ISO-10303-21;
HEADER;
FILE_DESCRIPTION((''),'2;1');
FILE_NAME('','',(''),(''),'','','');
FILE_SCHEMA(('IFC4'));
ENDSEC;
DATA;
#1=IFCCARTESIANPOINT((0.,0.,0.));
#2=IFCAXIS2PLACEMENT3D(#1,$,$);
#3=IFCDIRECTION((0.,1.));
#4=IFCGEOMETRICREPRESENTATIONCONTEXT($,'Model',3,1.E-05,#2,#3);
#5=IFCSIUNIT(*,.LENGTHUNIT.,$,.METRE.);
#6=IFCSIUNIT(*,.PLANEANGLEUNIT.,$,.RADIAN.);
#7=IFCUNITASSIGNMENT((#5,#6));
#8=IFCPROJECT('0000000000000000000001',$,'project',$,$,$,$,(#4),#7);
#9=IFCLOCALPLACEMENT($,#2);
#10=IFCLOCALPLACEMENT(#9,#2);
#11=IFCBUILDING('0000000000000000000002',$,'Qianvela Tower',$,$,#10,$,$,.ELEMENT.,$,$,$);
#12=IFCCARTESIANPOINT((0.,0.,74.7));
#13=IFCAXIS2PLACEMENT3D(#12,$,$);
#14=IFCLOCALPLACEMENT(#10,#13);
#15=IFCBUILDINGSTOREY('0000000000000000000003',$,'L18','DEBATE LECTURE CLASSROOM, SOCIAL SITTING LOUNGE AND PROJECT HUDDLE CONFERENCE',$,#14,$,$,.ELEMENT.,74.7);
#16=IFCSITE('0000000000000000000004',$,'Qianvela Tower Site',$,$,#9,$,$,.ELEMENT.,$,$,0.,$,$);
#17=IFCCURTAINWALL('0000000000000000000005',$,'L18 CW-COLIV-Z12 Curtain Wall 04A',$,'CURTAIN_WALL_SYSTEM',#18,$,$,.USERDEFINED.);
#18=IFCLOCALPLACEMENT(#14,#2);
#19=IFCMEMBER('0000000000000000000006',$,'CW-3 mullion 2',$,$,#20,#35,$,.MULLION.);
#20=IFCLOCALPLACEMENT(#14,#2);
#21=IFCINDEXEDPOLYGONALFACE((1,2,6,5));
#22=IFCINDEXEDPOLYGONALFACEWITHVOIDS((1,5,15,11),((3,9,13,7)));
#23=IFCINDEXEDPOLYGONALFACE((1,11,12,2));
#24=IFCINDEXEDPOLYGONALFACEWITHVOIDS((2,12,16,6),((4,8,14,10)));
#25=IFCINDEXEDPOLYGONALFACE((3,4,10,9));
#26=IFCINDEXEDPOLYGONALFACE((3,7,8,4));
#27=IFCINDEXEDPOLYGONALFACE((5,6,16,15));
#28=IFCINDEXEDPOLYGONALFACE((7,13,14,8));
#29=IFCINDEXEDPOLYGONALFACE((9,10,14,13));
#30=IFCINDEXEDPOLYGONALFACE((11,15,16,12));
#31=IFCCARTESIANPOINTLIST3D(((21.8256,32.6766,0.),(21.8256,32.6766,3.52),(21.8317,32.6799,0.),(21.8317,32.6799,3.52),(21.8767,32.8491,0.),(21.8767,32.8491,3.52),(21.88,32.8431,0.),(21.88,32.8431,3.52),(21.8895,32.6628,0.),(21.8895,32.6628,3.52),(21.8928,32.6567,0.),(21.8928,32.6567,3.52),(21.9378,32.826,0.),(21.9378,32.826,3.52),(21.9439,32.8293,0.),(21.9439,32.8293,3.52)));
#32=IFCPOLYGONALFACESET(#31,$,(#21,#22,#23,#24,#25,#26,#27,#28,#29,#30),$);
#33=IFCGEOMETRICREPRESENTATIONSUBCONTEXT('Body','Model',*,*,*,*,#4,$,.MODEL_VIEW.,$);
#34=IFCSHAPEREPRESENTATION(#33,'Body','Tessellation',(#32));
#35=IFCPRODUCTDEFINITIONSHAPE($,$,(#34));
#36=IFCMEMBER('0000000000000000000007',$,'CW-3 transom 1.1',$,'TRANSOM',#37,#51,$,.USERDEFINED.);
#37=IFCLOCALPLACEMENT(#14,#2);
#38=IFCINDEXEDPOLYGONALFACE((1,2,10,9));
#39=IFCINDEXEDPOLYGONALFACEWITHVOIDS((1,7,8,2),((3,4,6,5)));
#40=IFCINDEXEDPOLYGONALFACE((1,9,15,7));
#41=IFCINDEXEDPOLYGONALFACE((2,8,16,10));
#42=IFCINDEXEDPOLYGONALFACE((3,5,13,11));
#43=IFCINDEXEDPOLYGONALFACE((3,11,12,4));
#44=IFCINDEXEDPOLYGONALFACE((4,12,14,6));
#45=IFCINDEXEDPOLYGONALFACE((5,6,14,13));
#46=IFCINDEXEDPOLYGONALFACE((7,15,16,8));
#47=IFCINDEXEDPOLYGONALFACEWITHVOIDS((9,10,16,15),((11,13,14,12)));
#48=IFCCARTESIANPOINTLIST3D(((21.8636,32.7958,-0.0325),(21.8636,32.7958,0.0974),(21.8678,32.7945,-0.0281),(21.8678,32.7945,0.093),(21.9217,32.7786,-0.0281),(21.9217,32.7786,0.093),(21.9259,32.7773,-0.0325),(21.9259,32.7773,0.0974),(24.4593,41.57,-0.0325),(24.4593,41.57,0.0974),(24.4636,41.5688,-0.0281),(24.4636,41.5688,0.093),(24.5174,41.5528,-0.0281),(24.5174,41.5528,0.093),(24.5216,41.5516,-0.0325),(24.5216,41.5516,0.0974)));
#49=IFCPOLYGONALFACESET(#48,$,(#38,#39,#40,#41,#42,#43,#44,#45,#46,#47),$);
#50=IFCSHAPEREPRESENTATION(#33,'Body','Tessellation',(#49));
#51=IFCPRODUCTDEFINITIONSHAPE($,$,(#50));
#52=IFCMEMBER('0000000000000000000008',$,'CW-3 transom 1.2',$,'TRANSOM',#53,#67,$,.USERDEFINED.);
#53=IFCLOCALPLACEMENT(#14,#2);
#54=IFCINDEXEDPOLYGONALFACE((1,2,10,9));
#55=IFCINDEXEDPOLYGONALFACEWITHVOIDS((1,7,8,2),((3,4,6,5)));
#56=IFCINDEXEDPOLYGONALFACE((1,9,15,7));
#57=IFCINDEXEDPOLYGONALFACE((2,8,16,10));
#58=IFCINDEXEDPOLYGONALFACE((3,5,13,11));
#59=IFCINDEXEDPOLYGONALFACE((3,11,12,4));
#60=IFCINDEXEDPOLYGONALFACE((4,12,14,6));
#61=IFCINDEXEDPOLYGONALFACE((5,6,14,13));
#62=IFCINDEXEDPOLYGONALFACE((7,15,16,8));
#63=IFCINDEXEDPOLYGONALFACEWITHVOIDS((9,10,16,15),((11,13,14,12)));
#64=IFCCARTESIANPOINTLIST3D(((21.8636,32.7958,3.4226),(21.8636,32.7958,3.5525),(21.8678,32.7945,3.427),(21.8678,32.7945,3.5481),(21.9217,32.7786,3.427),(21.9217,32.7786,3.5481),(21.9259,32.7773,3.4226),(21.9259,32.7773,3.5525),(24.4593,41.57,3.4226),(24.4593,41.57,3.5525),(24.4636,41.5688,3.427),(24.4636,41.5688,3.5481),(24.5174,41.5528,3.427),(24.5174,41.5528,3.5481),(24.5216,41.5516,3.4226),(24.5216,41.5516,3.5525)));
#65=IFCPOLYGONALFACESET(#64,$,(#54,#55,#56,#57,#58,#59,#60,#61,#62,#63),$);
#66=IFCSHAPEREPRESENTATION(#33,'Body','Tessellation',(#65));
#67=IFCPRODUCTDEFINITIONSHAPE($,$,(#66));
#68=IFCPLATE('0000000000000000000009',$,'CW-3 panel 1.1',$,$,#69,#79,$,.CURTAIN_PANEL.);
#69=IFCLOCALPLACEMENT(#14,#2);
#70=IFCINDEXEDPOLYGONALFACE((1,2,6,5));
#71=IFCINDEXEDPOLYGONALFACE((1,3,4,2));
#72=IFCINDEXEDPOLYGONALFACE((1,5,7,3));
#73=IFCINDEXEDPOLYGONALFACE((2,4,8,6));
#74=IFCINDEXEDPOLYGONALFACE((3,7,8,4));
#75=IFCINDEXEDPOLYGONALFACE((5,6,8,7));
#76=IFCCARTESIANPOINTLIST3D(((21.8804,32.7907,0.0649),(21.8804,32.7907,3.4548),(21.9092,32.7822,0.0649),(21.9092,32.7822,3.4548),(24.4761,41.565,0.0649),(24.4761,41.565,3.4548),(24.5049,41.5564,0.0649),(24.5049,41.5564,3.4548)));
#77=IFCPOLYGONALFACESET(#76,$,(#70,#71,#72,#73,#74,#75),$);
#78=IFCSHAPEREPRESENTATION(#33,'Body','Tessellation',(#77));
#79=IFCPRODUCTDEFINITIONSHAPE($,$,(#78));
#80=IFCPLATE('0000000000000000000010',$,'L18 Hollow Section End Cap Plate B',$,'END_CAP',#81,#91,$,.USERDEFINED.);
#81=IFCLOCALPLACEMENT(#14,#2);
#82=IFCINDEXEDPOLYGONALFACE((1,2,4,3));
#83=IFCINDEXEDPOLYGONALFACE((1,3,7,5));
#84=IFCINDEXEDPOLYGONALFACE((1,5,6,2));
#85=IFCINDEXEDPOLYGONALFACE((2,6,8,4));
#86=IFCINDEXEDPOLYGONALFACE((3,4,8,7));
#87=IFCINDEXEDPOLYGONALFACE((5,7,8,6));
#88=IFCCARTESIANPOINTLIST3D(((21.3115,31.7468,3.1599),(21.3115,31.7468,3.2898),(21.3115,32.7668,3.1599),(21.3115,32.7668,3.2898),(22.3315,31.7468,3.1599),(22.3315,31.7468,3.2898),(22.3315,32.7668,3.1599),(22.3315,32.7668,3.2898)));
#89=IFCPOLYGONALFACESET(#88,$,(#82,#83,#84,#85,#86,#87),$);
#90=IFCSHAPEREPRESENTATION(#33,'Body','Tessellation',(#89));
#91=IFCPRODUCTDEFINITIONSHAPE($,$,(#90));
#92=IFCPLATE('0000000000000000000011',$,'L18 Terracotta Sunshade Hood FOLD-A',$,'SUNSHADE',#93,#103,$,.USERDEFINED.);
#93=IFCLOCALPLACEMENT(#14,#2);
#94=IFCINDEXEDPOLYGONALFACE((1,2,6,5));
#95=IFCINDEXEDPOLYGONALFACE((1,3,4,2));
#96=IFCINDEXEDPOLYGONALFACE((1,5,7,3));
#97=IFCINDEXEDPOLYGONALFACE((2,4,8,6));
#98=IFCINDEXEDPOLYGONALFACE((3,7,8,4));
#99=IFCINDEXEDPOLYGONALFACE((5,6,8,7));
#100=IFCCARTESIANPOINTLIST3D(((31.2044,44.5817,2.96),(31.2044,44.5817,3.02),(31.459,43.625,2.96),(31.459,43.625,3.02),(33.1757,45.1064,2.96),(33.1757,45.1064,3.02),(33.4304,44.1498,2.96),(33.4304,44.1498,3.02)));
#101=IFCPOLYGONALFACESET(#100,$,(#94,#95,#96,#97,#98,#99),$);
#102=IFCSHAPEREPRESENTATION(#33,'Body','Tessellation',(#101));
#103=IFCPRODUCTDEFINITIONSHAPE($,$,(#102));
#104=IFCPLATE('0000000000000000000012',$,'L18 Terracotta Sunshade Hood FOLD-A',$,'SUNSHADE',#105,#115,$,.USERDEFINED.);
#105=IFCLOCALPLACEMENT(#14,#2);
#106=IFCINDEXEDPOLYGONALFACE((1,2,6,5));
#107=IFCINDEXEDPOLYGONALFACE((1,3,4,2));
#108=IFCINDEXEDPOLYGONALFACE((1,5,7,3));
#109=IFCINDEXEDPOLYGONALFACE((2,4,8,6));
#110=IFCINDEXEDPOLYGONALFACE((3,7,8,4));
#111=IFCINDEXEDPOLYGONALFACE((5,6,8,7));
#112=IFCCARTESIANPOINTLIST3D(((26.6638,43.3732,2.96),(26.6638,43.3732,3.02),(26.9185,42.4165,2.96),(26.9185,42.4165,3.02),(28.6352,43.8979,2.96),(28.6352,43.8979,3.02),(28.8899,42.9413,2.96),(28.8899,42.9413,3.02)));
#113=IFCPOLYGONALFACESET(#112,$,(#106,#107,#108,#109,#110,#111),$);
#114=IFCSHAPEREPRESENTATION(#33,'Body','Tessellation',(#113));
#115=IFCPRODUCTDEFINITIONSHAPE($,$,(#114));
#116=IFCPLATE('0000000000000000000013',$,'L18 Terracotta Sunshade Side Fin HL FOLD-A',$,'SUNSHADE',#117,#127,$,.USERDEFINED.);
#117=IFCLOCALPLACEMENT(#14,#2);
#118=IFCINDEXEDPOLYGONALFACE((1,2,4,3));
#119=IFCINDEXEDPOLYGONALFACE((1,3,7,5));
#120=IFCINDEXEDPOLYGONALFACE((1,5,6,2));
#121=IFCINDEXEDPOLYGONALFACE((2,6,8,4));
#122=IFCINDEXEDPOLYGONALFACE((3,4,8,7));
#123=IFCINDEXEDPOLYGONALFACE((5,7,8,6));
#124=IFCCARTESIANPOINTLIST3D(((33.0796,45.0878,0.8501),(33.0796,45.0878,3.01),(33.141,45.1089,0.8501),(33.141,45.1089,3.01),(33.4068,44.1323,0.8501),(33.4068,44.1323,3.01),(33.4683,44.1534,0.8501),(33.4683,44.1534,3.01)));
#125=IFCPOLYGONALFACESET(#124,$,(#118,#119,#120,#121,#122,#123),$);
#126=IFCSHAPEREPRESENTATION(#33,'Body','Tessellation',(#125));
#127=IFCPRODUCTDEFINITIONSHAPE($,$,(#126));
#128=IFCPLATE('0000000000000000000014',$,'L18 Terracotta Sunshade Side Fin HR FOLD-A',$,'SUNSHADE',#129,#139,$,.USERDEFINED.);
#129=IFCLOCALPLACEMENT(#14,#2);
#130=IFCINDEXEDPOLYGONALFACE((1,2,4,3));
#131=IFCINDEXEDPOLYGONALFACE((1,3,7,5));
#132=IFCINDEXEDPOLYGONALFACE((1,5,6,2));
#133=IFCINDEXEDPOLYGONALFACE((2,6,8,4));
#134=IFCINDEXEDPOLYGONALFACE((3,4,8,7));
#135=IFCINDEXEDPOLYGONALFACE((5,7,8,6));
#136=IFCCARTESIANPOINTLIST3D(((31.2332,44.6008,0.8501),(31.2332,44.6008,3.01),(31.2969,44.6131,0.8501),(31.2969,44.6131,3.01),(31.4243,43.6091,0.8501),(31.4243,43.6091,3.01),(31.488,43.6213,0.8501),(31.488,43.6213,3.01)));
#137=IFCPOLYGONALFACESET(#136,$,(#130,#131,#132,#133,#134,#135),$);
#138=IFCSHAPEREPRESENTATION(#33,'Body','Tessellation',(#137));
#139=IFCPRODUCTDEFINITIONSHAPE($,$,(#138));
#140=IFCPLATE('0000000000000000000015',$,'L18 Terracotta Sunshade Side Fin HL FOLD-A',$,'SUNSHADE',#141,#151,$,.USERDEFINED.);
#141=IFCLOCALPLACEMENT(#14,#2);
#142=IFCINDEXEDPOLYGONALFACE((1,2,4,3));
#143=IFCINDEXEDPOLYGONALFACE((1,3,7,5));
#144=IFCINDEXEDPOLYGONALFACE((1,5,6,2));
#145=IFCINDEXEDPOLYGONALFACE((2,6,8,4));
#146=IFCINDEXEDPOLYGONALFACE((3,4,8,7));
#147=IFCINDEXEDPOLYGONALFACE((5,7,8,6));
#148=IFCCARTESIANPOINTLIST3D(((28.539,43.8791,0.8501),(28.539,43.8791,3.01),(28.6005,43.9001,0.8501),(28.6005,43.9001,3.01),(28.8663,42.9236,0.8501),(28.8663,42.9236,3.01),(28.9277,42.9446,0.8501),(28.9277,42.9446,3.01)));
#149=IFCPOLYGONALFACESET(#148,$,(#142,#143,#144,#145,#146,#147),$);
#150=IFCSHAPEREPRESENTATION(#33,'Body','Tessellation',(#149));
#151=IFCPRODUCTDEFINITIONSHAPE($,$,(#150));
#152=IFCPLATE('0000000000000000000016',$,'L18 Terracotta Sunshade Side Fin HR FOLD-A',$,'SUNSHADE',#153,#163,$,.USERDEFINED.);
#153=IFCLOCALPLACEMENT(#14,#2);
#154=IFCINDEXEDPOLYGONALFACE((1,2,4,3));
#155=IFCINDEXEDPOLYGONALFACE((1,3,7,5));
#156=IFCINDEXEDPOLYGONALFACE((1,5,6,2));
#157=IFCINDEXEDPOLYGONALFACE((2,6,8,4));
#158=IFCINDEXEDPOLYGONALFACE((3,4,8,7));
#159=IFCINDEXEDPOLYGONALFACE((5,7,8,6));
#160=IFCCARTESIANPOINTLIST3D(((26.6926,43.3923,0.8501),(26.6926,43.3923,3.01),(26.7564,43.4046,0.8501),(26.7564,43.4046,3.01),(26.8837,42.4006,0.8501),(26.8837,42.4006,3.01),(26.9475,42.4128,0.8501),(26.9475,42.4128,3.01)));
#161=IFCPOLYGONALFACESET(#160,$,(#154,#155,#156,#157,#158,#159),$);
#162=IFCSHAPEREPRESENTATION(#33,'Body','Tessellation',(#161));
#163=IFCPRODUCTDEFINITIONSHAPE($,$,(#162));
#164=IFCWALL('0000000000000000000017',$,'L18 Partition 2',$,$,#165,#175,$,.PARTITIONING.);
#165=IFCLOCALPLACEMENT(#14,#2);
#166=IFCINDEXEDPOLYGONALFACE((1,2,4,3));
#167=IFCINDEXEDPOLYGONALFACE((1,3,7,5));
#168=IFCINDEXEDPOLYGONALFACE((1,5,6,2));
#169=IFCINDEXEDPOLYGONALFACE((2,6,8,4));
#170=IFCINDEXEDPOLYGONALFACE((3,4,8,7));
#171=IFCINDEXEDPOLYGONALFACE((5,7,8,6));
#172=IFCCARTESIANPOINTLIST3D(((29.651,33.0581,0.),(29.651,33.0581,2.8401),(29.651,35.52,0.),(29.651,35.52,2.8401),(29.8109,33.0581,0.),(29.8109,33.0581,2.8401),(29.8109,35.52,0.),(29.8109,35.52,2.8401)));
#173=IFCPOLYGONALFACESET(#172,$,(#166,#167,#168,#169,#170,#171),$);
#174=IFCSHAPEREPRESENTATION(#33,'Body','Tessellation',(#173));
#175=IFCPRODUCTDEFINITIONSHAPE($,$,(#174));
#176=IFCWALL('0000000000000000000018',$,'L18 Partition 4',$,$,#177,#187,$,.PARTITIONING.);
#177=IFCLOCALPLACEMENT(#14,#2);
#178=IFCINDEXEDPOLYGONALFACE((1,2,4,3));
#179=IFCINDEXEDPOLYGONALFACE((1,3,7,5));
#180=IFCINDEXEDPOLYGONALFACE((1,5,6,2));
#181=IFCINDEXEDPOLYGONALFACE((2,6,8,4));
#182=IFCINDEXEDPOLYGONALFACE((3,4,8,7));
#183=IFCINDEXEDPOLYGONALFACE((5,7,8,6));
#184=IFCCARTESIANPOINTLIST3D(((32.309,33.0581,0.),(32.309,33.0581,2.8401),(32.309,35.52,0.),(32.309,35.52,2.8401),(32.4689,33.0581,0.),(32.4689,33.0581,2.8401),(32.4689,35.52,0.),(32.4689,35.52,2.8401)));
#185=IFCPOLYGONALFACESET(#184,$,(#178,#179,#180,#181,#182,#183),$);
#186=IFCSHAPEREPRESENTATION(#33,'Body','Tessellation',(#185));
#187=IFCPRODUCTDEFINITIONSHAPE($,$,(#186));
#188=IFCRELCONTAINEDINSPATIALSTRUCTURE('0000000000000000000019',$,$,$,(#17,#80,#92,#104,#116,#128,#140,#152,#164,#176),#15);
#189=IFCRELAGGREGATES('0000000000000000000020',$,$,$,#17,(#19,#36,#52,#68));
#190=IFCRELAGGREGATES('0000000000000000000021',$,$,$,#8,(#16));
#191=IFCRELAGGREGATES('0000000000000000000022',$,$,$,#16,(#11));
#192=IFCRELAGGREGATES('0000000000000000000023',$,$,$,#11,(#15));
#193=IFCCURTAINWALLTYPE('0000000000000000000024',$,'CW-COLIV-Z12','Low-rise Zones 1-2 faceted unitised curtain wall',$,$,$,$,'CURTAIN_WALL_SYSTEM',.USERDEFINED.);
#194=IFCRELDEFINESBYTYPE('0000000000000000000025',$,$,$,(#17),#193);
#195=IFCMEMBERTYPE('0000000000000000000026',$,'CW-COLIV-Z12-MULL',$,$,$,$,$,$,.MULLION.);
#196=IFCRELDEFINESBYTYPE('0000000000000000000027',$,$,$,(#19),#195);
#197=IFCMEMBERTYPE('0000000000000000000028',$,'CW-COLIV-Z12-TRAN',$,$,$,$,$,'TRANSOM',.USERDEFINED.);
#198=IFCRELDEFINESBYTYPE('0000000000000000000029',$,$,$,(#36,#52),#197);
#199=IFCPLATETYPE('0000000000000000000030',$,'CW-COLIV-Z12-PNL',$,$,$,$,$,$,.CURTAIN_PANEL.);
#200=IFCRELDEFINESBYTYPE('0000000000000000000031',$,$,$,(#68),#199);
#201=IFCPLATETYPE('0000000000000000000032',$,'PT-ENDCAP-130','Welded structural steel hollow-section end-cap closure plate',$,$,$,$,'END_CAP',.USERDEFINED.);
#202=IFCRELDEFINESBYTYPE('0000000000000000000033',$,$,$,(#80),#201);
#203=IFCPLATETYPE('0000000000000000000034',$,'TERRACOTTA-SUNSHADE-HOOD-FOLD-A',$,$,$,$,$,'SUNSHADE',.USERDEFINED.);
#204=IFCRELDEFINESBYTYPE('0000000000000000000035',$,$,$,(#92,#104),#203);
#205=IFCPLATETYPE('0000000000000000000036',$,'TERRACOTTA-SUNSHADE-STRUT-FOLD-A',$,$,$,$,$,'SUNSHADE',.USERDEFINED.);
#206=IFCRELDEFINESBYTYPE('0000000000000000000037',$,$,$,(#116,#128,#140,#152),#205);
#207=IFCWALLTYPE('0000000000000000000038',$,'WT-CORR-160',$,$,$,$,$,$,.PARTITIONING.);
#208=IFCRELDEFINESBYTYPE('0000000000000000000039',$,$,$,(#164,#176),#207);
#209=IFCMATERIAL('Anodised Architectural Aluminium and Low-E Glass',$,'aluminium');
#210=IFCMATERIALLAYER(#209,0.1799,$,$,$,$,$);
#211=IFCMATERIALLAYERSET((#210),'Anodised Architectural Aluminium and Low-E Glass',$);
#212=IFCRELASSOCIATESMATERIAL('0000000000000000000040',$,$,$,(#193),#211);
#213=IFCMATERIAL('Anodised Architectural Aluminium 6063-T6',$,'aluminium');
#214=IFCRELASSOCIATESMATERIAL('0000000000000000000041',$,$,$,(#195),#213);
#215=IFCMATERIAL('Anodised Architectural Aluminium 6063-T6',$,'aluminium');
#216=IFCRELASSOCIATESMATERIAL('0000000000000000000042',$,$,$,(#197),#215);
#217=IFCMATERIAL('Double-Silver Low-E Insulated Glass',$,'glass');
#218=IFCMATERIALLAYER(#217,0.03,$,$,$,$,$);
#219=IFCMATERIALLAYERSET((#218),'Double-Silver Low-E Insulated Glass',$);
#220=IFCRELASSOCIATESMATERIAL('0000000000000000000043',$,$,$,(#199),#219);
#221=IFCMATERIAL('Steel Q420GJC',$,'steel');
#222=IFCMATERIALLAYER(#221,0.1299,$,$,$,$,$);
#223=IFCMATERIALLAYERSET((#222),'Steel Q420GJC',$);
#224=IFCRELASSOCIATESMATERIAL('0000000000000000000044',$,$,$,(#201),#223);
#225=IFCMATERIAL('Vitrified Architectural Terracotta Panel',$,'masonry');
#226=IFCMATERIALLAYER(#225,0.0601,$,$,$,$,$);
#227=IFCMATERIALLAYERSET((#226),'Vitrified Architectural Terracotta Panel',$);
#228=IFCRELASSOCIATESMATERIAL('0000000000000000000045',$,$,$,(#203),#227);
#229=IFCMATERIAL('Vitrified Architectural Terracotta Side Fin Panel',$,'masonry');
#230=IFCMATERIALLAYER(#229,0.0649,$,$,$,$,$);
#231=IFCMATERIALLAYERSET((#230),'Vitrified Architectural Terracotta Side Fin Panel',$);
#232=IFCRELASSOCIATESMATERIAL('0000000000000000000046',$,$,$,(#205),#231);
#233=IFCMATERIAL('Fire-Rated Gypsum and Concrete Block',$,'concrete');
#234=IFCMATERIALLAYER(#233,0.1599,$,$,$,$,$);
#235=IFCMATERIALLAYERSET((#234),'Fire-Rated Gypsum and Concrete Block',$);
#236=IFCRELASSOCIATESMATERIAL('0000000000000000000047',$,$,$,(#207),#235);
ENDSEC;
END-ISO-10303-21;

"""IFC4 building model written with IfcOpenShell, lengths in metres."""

from ifc_helpers import new_model, si_unit, direction, frame, frame_2d, origin, origin_2d, place, context, subcontext, project, spatial, rectangle, hollow_rectangle, extrude, material, layer, layer_set, material_profile, profile_set, type_object, element, aggregate, save


model = new_model("IFC4")

# Units and contexts
model_context = context("Model", 3, precision=1e-05, world=origin(), true_north=direction((0.0, 1.0)))
body_context = subcontext(model_context, "Body", "Model", "MODEL_VIEW")
ifc_project = project(units=[si_unit("LENGTHUNIT", "METRE"), si_unit("PLANEANGLEUNIT", "RADIAN")], contexts=[model_context])

# Site, building, storey
site_placement = place(None, origin())
site = spatial("IfcSite", under=ifc_project, at=site_placement, Name="Qianvela Tower Site", CompositionType="ELEMENT", RefElevation=0.0)
building_placement = place(site_placement, origin())
building = spatial("IfcBuilding", under=site, at=building_placement, Name="Qianvela Tower", CompositionType="ELEMENT")
storey_placement = place(building_placement, frame((0.0, 0.0, 74.7)))
storey = spatial("IfcBuildingStorey", under=building, at=storey_placement, Name="L18", Description="DEBATE LECTURE CLASSROOM, SOCIAL SITTING LOUNGE AND PROJECT HUDDLE CONFERENCE", CompositionType="ELEMENT", Elevation=74.7)

# Curtain wall, members, plate
ifc_material_1 = material(Name="Anodised Architectural Aluminium and Low-E Glass", Category="aluminium")
ifc_layer_1 = layer(ifc_material_1, 0.1799)
ifc_layer_set_1 = layer_set([ifc_layer_1], Name="Anodised Architectural Aluminium and Low-E Glass")
curtain_wall_type_1 = type_object("IfcCurtainWallType", Name="CW-COLIV-Z12", Description="Low-rise Zones 1-2 faceted unitised curtain wall", ElementType="CURTAIN_WALL_SYSTEM", PredefinedType="USERDEFINED", material=ifc_layer_set_1)
curtain_wall_1_placement = place(storey_placement, origin())
curtain_wall_1 = element("IfcCurtainWall", 1, at=curtain_wall_1_placement, inside=storey, type_object=curtain_wall_type_1, Name="L18 CW-COLIV-Z12 Curtain Wall 04A", ObjectType="CURTAIN_WALL_SYSTEM", PredefinedType="USERDEFINED")
ifc_material_2 = material(Name="Anodised Architectural Aluminium 6063-T6", Category="aluminium")
ifc_material_profile_1 = material_profile(ifc_material_2, hollow_rectangle(XDim=0.0701, YDim=0.1799, WallThickness=0.0049, at=origin_2d()), Name="ALU-MULL-70x180")
ifc_profile_set_1 = profile_set([ifc_material_profile_1], Name="Anodised Architectural Aluminium 6063-T6")
member_type_1 = type_object("IfcMemberType", Name="CW-COLIV-Z12-MULL", PredefinedType="MULLION", material=ifc_profile_set_1)
member_1_placement = place(storey_placement, frame((21.8848, 32.7529, 0.0), z_axis=(0.0, 0.0, 1.0), x_axis=(0.958919, -0.28368, 0.0)))
member_1 = element("IfcMember", 2, at=member_1_placement, type_object=member_type_1, Name="CW-3 mullion 2", PredefinedType="MULLION", context=body_context, shape_type="SweptSolid", body=[
    extrude(hollow_rectangle(XDim=0.0701, YDim=0.1799, WallThickness=0.0049, at=origin_2d()), origin(), (0.0, 0.0, 1.0), 3.52),
])
ifc_material_3 = material(Name="Anodised Architectural Aluminium 6063-T6", Category="aluminium")
ifc_material_profile_2 = material_profile(ifc_material_3, hollow_rectangle(XDim=0.0649, YDim=0.1299, WallThickness=0.0044, at=origin_2d()), Name="ALU-TRAN-65x130")
ifc_profile_set_2 = profile_set([ifc_material_profile_2], Name="Anodised Architectural Aluminium 6063-T6")
member_type_2 = type_object("IfcMemberType", Name="CW-COLIV-Z12-TRAN", ElementType="TRANSOM", PredefinedType="USERDEFINED", material=ifc_profile_set_2)
member_2_placement = place(storey_placement, frame((24.4905, 41.5608, 0.0325), z_axis=(-0.283681, -0.958919, 0.0), x_axis=(0.958919, -0.283681, 0.0)))
member_2 = element("IfcMember", 3, at=member_2_placement, type_object=member_type_2, Name="CW-3 transom 1.1", ObjectType="TRANSOM", PredefinedType="USERDEFINED", context=body_context, shape_type="SweptSolid", body=[
    extrude(hollow_rectangle(XDim=0.0649, YDim=0.1299, WallThickness=0.0044, at=origin_2d()), origin(), (0.0, 0.0, 1.0), 9.1501),
])
member_3_placement = place(storey_placement, frame((24.4905, 41.5608, 3.4875), z_axis=(-0.283681, -0.958919, 0.0), x_axis=(0.958919, -0.283681, 0.0)))
member_3 = element("IfcMember", 4, at=member_3_placement, type_object=member_type_2, Name="CW-3 transom 1.2", ObjectType="TRANSOM", PredefinedType="USERDEFINED", context=body_context, shape_type="SweptSolid", body=[
    extrude(hollow_rectangle(XDim=0.0649, YDim=0.1299, WallThickness=0.0044, at=origin_2d()), origin(), (0.0, 0.0, 1.0), 9.1501),
])
ifc_material_4 = material(Name="Double-Silver Low-E Insulated Glass", Category="glass")
ifc_layer_2 = layer(ifc_material_4, 0.03)
ifc_layer_set_2 = layer_set([ifc_layer_2], Name="Double-Silver Low-E Insulated Glass")
plate_type_1 = type_object("IfcPlateType", Name="CW-COLIV-Z12-PNL", PredefinedType="CURTAIN_PANEL", material=ifc_layer_set_2)
plate_1_placement = place(storey_placement, frame((23.1926, 37.1736, 0.0649), z_axis=(0.0, 0.0, 1.0), x_axis=(-0.28368, -0.958919, 0.0)))
plate_1 = element("IfcPlate", 5, at=plate_1_placement, type_object=plate_type_1, Name="CW-3 panel 1.1", PredefinedType="CURTAIN_PANEL", context=body_context, shape_type="SweptSolid", body=[
    extrude(rectangle(XDim=9.1501, YDim=0.03, at=origin_2d()), origin(), (0.0, 0.0, 1.0), 3.3899),
])
aggregate(curtain_wall_1, [member_1, member_2, member_3, plate_1])

# Plates
ifc_material_5 = material(Name="Steel Q420GJC", Category="steel")
ifc_layer_3 = layer(ifc_material_5, 0.1299)
ifc_layer_set_3 = layer_set([ifc_layer_3], Name="Steel Q420GJC")
plate_type_2 = type_object("IfcPlateType", Name="PT-ENDCAP-130", Description="Welded structural steel hollow-section end-cap closure plate", ElementType="END_CAP", PredefinedType="USERDEFINED", material=ifc_layer_set_3)
plate_2_placement = place(storey_placement, frame((21.8215, 32.2568, 3.1599), z_axis=(0.0, 0.0, 1.0), x_axis=(1.0, 0.0, 0.0)))
element("IfcPlate", 6, at=plate_2_placement, inside=storey, type_object=plate_type_2, Name="L18 Hollow Section End Cap Plate B", ObjectType="END_CAP", PredefinedType="USERDEFINED", context=body_context, shape_type="SweptSolid", body=[
    extrude(rectangle(XDim=1.02, YDim=1.02, at=origin_2d()), origin(), (0.0, 0.0, 1.0), 0.1299),
])
ifc_material_6 = material(Name="Vitrified Architectural Terracotta Panel", Category="masonry")
ifc_layer_4 = layer(ifc_material_6, 0.0601)
ifc_layer_set_4 = layer_set([ifc_layer_4], Name="Vitrified Architectural Terracotta Panel")
plate_type_3 = type_object("IfcPlateType", Name="TERRACOTTA-SUNSHADE-HOOD-FOLD-A", ElementType="SUNSHADE", PredefinedType="USERDEFINED", material=ifc_layer_set_4)
for number, where, z_axis, x_axis, name in (
    (7, (32.3174, 44.3657, 2.96), (0.0, 0.0, 1.0), (-0.966349, -0.257234, 0.0), "L18 Terracotta Sunshade Hood FOLD-A"),
    (8, (27.7769, 43.1572, 2.96), (0.0, 0.0, 1.0), (-0.966349, -0.257234, 0.0), "L18 Terracotta Sunshade Hood FOLD-A"),
):
    element("IfcPlate", number, at=place(storey_placement, frame(where, z_axis=z_axis, x_axis=x_axis)), inside=storey, type_object=plate_type_3, Name=name, ObjectType="SUNSHADE", PredefinedType="USERDEFINED", context=body_context, shape_type="SweptSolid", body=[
        extrude(rectangle(XDim=2.04, YDim=0.99, at=origin_2d()), origin(), (0.0, 0.0, 1.0), 0.0601),
    ])
ifc_material_7 = material(Name="Vitrified Architectural Terracotta Side Fin Panel", Category="masonry")
ifc_layer_5 = layer(ifc_material_7, 0.0649)
ifc_layer_set_5 = layer_set([ifc_layer_5], Name="Vitrified Architectural Terracotta Side Fin Panel")
plate_type_4 = type_object("IfcPlateType", Name="TERRACOTTA-SUNSHADE-STRUT-FOLD-A", ElementType="SUNSHADE", PredefinedType="USERDEFINED", material=ifc_layer_set_5)
for number, where, z_axis, x_axis, name in (
    (9, (33.2739, 44.6206, 0.8501), (0.0, 0.0, 1.0), (-0.946051, -0.324016, 0.0), "L18 Terracotta Sunshade Side Fin HL FOLD-A"),
    (10, (31.3606, 44.1111, 0.8501), (0.0, 0.0, 1.0), (-0.981939, -0.189198, 0.0), "L18 Terracotta Sunshade Side Fin HR FOLD-A"),
    (11, (28.7334, 43.4119, 0.8501), (0.0, 0.0, 1.0), (-0.946051, -0.324016, 0.0), "L18 Terracotta Sunshade Side Fin HL FOLD-A"),
    (12, (26.8201, 42.9026, 0.8501), (0.0, 0.0, 1.0), (-0.981939, -0.189198, 0.0), "L18 Terracotta Sunshade Side Fin HR FOLD-A"),
):
    element("IfcPlate", number, at=place(storey_placement, frame(where, z_axis=z_axis, x_axis=x_axis)), inside=storey, type_object=plate_type_4, Name=name, ObjectType="SUNSHADE", PredefinedType="USERDEFINED", context=body_context, shape_type="SweptSolid", body=[
        extrude(rectangle(XDim=0.0649, YDim=1.01, at=origin_2d()), origin(), (0.0, 0.0, 1.0), 2.1599),
    ])

# Wall
ifc_material_8 = material(Name="Fire-Rated Gypsum and Concrete Block", Category="concrete")
ifc_layer_6 = layer(ifc_material_8, 0.1599)
ifc_layer_set_6 = layer_set([ifc_layer_6], Name="Fire-Rated Gypsum and Concrete Block")
wall_type_1 = type_object("IfcWallType", Name="WT-CORR-160", PredefinedType="PARTITIONING", material=ifc_layer_set_6)
wall_1_placement = place(storey_placement, frame((29.731, 33.0581, 0.0), z_axis=(0.0, 0.0, 1.0), x_axis=(0.0, 1.0, 0.0)))
element("IfcWall", 13, at=wall_1_placement, inside=storey, type_object=wall_type_1, Name="L18 Partition 2", PredefinedType="PARTITIONING", context=body_context, shape_type="SweptSolid", body=[
    extrude(rectangle(XDim=2.4619, YDim=0.1599, at=frame_2d((1.231, 0.0))), origin(), (0.0, 0.0, 1.0), 2.8401),
])

# Wall
wall_2_placement = place(storey_placement, frame((32.3889, 35.52, 0.0), z_axis=(0.0, 0.0, 1.0), x_axis=(0.0, -1.0, 0.0)))
element("IfcWall", 14, at=wall_2_placement, inside=storey, type_object=wall_type_1, Name="L18 Partition 4", PredefinedType="PARTITIONING", context=body_context, shape_type="SweptSolid", body=[
    extrude(rectangle(XDim=2.4619, YDim=0.1599, at=frame_2d((1.231, 0.0))), origin(), (0.0, 0.0, 1.0), 2.8401),
])

save(model, "model.ifc")
